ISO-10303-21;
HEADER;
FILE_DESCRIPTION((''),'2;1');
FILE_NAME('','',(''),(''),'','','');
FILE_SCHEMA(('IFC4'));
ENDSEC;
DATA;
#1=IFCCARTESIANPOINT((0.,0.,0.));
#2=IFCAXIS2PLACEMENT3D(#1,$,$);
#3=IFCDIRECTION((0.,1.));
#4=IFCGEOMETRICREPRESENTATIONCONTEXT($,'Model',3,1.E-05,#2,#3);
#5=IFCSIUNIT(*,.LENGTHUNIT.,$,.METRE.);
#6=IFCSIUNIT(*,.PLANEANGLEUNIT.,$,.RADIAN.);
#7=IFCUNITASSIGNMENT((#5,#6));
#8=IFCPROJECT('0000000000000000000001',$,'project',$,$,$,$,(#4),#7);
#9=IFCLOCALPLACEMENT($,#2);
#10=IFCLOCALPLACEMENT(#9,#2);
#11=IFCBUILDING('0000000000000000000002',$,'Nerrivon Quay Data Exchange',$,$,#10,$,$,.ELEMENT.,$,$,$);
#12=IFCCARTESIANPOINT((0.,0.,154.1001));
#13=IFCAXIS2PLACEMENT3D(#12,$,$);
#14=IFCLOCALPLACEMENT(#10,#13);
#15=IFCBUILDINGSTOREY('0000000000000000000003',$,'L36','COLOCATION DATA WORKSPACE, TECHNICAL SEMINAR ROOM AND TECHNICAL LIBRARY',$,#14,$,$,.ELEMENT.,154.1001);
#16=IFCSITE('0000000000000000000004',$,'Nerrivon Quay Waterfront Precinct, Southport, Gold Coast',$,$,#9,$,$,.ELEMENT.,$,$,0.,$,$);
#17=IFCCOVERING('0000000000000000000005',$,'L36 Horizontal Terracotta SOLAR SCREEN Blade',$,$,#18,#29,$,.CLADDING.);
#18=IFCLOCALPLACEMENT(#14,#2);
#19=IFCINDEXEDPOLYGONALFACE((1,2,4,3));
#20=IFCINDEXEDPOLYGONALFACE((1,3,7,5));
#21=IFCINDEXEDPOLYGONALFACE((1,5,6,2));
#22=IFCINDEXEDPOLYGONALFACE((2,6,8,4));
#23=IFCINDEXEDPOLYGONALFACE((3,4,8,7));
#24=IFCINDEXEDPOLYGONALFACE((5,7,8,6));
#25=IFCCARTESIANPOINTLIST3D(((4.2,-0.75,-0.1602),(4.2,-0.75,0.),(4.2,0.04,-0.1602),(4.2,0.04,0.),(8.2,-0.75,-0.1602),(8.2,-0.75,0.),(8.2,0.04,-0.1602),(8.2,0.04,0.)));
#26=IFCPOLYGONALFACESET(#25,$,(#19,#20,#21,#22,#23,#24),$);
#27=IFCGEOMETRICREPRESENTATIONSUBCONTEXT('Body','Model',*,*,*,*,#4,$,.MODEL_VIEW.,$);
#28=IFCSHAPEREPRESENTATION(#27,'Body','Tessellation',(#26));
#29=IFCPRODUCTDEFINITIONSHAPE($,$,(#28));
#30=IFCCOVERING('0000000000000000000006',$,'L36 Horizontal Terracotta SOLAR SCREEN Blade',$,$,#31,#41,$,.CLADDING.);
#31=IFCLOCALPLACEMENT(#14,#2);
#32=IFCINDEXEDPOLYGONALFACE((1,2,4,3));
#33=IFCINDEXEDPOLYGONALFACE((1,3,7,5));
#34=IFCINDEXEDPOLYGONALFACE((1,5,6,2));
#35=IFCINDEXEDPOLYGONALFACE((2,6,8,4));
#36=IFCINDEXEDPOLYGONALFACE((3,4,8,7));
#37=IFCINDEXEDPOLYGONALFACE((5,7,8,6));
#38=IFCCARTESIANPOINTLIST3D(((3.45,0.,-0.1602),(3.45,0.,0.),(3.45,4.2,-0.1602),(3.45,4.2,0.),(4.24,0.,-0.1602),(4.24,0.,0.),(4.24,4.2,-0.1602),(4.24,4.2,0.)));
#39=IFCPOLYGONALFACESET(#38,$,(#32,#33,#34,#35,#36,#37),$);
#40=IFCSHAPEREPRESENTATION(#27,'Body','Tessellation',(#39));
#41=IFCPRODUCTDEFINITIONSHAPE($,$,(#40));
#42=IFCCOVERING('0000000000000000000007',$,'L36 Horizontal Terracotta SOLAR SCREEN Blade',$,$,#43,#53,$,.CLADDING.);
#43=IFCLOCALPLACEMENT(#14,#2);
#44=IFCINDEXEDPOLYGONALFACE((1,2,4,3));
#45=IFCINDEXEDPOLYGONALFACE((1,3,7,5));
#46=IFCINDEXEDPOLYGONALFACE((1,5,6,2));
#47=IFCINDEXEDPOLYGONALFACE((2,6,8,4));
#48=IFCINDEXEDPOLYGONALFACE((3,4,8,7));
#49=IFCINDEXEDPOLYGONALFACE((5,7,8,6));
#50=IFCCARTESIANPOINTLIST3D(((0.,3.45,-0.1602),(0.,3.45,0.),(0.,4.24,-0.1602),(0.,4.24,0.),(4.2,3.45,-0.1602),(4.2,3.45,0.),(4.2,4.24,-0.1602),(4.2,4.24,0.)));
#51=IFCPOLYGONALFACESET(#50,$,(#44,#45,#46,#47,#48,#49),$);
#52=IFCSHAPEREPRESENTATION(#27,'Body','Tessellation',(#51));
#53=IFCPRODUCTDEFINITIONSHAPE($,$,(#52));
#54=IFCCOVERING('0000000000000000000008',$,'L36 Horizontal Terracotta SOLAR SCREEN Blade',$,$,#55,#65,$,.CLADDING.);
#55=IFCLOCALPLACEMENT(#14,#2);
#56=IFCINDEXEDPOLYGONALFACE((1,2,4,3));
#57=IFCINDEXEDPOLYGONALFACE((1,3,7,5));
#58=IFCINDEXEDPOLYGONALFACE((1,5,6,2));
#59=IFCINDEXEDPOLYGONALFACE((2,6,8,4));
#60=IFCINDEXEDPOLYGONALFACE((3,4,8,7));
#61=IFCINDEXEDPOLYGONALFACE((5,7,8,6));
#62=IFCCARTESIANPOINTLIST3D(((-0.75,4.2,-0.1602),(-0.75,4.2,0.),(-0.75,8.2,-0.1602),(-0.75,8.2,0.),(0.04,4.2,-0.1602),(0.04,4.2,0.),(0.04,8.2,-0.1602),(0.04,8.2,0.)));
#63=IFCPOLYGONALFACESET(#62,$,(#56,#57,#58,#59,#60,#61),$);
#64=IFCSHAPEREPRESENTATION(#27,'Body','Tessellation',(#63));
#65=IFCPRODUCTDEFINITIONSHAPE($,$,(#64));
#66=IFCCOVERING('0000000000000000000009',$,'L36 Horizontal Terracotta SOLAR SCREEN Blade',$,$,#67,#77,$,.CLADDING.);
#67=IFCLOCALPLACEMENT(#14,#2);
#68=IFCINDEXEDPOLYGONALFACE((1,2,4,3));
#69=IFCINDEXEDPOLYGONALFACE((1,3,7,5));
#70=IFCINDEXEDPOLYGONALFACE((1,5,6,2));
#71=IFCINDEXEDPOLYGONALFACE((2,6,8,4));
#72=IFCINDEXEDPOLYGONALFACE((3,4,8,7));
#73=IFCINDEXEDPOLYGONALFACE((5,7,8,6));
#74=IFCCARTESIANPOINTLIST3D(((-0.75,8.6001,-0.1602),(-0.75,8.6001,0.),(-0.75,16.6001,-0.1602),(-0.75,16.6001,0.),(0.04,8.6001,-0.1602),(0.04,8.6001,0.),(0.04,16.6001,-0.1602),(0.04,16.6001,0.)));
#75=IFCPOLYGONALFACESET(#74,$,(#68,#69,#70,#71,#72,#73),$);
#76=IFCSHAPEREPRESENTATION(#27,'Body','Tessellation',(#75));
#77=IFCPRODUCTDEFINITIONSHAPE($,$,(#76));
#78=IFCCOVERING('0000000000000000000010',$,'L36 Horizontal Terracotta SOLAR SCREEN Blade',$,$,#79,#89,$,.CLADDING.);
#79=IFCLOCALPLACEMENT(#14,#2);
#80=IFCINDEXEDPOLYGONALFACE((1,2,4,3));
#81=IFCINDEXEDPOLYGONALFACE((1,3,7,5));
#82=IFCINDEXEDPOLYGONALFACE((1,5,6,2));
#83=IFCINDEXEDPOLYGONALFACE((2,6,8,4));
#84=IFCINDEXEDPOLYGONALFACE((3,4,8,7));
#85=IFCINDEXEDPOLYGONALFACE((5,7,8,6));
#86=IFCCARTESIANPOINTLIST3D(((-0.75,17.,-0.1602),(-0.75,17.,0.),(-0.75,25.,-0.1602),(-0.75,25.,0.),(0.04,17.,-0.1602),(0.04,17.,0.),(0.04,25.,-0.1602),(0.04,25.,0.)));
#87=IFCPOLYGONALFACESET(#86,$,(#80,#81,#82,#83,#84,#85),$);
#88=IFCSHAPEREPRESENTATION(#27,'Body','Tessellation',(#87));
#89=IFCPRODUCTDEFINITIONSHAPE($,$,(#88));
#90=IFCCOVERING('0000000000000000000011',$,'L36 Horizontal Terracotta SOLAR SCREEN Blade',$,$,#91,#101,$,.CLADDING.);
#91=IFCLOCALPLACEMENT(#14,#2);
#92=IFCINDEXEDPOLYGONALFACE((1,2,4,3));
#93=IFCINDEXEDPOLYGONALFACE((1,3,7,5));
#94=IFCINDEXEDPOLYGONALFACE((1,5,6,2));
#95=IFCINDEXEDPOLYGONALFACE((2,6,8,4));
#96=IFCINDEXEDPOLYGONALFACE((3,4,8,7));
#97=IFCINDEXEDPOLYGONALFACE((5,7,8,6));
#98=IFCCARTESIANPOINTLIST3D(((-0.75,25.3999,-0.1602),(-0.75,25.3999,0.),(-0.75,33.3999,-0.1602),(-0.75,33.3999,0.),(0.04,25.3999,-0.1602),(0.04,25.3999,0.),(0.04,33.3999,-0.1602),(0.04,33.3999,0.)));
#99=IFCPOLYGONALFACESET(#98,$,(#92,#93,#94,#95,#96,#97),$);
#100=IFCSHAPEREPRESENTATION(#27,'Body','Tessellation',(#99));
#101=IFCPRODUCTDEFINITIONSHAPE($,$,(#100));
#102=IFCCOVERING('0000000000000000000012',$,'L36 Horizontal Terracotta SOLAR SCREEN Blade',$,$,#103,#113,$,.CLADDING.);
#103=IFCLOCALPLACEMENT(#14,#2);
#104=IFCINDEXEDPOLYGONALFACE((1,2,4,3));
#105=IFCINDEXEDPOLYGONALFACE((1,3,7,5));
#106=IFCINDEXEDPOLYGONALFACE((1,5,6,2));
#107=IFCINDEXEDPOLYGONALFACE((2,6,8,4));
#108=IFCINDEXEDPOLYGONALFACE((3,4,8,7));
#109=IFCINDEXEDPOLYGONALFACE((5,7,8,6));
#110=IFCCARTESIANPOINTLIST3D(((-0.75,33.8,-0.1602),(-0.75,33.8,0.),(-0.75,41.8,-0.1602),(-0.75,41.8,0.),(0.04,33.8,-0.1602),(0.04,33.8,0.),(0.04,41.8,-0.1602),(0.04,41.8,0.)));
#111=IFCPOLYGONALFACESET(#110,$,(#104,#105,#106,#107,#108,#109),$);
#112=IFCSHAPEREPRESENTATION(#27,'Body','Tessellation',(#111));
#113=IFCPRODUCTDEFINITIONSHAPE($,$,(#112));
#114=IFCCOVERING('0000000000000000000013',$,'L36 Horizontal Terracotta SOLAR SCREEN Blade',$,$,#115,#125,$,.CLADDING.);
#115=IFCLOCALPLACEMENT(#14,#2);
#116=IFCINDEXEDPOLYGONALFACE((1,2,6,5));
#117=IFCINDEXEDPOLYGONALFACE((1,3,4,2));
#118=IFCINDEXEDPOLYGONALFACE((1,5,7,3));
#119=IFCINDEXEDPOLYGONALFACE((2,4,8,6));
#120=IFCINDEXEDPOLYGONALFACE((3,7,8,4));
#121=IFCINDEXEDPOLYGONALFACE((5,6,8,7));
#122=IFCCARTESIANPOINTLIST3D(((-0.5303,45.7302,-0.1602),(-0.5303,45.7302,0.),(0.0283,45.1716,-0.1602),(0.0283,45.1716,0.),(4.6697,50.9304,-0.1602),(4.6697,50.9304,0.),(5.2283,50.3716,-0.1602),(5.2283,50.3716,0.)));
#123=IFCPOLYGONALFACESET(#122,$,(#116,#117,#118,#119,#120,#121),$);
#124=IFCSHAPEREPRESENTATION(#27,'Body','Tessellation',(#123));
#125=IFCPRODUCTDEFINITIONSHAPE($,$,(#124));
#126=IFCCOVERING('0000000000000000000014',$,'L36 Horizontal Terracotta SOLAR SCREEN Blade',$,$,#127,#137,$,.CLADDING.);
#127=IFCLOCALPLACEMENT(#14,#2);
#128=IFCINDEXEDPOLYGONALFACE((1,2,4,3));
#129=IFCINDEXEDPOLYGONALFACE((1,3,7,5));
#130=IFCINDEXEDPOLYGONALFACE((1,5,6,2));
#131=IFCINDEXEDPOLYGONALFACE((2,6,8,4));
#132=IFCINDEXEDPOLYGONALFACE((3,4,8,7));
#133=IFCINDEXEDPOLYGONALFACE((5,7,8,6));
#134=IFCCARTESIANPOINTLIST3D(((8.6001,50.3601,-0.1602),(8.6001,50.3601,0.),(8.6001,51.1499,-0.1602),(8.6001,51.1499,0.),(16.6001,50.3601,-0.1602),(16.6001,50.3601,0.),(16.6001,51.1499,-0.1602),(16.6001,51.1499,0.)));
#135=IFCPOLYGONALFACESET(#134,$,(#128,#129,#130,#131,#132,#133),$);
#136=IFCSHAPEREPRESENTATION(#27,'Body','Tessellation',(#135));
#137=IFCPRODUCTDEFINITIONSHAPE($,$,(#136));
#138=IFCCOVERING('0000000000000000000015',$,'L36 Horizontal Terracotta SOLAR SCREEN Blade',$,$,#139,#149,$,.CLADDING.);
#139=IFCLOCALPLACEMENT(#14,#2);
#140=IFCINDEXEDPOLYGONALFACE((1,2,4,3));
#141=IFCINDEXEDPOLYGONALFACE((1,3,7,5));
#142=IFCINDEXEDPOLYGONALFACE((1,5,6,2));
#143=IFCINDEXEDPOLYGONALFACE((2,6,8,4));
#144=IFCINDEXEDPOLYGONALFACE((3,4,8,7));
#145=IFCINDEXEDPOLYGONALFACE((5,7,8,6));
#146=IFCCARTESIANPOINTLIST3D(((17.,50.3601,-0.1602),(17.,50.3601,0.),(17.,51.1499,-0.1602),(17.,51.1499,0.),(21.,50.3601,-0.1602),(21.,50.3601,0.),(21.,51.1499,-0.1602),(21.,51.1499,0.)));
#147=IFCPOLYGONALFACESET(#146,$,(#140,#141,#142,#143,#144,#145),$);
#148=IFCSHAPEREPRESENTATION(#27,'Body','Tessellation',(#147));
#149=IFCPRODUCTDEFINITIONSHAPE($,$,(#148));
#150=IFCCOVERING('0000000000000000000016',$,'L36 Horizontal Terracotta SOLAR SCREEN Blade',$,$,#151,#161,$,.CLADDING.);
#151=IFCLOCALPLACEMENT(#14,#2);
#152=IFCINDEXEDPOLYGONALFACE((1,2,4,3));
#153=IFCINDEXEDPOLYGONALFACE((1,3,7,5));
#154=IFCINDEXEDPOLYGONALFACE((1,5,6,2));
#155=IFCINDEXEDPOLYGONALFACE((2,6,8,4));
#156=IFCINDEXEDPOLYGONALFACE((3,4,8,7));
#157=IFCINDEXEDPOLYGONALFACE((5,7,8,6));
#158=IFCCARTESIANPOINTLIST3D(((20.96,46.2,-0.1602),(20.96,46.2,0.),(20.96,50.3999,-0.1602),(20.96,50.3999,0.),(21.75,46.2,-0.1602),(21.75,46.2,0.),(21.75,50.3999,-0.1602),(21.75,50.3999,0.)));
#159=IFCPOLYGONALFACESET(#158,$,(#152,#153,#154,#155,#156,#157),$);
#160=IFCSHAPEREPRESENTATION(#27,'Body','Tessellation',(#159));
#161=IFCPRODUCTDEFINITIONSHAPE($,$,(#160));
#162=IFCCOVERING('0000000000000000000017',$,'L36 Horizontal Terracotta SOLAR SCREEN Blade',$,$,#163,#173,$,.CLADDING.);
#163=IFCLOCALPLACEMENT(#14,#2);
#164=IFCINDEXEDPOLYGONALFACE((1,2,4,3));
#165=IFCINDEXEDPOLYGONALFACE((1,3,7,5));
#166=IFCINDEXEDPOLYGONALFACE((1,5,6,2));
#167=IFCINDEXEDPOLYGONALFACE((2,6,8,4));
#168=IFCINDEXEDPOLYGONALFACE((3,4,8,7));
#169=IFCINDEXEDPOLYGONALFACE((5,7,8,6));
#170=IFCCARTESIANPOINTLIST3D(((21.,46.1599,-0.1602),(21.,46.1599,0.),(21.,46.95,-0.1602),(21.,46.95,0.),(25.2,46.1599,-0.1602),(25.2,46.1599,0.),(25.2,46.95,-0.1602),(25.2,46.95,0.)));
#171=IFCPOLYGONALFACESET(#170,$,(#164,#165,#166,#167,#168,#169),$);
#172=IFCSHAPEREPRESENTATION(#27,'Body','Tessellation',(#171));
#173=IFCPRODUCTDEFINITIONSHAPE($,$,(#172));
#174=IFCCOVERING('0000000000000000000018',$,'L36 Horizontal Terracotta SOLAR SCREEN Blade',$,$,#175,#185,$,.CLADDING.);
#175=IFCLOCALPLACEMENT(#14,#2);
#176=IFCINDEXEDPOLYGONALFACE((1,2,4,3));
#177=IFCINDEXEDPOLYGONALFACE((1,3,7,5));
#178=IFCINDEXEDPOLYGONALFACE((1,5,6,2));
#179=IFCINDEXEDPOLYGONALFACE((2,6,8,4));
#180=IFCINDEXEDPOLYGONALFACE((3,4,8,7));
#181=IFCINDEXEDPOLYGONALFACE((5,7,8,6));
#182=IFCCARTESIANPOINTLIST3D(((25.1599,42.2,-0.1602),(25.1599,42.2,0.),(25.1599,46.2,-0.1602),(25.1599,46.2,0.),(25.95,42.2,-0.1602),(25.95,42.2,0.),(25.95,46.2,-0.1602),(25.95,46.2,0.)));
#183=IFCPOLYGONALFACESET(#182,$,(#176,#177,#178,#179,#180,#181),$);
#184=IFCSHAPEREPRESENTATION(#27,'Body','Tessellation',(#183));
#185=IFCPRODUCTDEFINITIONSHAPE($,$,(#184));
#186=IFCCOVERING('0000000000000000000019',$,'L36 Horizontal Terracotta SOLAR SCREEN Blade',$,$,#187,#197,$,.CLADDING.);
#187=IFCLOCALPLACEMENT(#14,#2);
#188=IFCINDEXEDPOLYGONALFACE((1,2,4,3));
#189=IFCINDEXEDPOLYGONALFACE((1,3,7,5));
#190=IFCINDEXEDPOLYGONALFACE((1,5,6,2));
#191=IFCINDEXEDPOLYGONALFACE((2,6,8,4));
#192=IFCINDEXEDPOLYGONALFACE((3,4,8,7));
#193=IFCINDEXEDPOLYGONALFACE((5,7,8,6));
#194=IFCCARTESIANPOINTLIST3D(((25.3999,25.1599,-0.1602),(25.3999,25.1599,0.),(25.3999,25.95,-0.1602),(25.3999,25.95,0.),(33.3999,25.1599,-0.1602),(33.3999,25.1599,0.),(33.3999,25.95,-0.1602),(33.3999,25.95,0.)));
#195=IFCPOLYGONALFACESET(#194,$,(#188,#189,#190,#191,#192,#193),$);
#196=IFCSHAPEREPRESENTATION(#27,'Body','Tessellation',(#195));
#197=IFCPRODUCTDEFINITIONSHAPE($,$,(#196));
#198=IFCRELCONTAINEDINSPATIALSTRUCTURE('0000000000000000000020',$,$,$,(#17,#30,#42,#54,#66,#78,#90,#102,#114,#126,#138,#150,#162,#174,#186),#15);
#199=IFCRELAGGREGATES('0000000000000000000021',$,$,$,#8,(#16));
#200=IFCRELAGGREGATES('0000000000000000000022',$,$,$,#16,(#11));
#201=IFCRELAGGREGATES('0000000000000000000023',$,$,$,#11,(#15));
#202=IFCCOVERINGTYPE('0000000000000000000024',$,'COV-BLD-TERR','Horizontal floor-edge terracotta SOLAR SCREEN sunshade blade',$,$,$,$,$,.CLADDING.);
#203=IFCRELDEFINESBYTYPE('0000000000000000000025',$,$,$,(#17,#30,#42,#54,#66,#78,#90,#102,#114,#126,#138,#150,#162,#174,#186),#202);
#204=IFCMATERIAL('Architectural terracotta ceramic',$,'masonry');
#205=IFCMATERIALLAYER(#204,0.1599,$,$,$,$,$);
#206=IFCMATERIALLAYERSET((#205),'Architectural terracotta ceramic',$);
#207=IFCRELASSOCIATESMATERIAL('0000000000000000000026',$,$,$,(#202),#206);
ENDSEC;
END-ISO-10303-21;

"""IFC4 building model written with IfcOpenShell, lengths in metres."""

from ifc_helpers import new_model, si_unit, direction, frame, origin, place, context, subcontext, project, spatial, polyline, outline, extrude, material, layer, layer_set, type_object, element, save


model = new_model("IFC4")

# Units and contexts
model_context = context("Model", 3, precision=1e-05, world=origin(), true_north=direction((0.0, 1.0)))
body_context = subcontext(model_context, "Body", "Model", "MODEL_VIEW")
ifc_project = project(units=[si_unit("LENGTHUNIT", "METRE"), si_unit("PLANEANGLEUNIT", "RADIAN")], contexts=[model_context])

# Site, building, storey
site_placement = place(None, origin())
site = spatial("IfcSite", under=ifc_project, at=site_placement, Name="Nerrivon Quay Waterfront Precinct, Southport, Gold Coast", CompositionType="ELEMENT", RefElevation=0.0)
building_placement = place(site_placement, origin())
building = spatial("IfcBuilding", under=site, at=building_placement, Name="Nerrivon Quay Data Exchange", CompositionType="ELEMENT")
storey_placement = place(building_placement, frame((0.0, 0.0, 154.1001)))
storey = spatial("IfcBuildingStorey", under=building, at=storey_placement, Name="L36", Description="COLOCATION DATA WORKSPACE, TECHNICAL SEMINAR ROOM AND TECHNICAL LIBRARY", CompositionType="ELEMENT", Elevation=154.1001)

# Coverings
ifc_material_1 = material(Name="Architectural terracotta ceramic", Category="masonry")
ifc_layer_1 = layer(ifc_material_1, 0.1599)
ifc_layer_set_1 = layer_set([ifc_layer_1], Name="Architectural terracotta ceramic")
covering_type = type_object("IfcCoveringType", Name="COV-BLD-TERR", Description="Horizontal floor-edge terracotta SOLAR SCREEN sunshade blade", PredefinedType="CLADDING", material=ifc_layer_set_1)
covering_1_placement = place(storey_placement, frame((0.0, 0.0, -0.1602)))
element("IfcCovering", 1, at=covering_1_placement, inside=storey, type_object=covering_type, Name="L36 Horizontal Terracotta SOLAR SCREEN Blade", PredefinedType="CLADDING", context=body_context, shape_type="SweptSolid", body=[
    extrude(outline(polyline([(8.2, 0.04), (4.2, 0.04), (4.2, -0.75), (8.2, -0.75), (8.2, 0.04)])), origin(), (0.0, 0.0, 1.0), 0.1602),
])
covering_2_placement = place(storey_placement, frame((0.0, 0.0, -0.1602)))
element("IfcCovering", 2, at=covering_2_placement, inside=storey, type_object=covering_type, Name="L36 Horizontal Terracotta SOLAR SCREEN Blade", PredefinedType="CLADDING", context=body_context, shape_type="SweptSolid", body=[
    extrude(outline(polyline([(4.24, 0.0), (4.24, 4.2), (3.45, 4.2), (3.45, 0.0), (4.24, 0.0)])), origin(), (0.0, 0.0, 1.0), 0.1602),
])
covering_3_placement = place(storey_placement, frame((0.0, 0.0, -0.1602)))
element("IfcCovering", 3, at=covering_3_placement, inside=storey, type_object=covering_type, Name="L36 Horizontal Terracotta SOLAR SCREEN Blade", PredefinedType="CLADDING", context=body_context, shape_type="SweptSolid", body=[
    extrude(outline(polyline([(4.2, 4.24), (0.0, 4.24), (0.0, 3.45), (4.2, 3.45), (4.2, 4.24)])), origin(), (0.0, 0.0, 1.0), 0.1602),
])
covering_4_placement = place(storey_placement, frame((0.0, 0.0, -0.1602)))
element("IfcCovering", 4, at=covering_4_placement, inside=storey, type_object=covering_type, Name="L36 Horizontal Terracotta SOLAR SCREEN Blade", PredefinedType="CLADDING", context=body_context, shape_type="SweptSolid", body=[
    extrude(outline(polyline([(0.04, 4.2), (0.04, 8.2), (-0.75, 8.2), (-0.75, 4.2), (0.04, 4.2)])), origin(), (0.0, 0.0, 1.0), 0.1602),
])
covering_5_placement = place(storey_placement, frame((0.0, 0.0, -0.1602)))
element("IfcCovering", 5, at=covering_5_placement, inside=storey, type_object=covering_type, Name="L36 Horizontal Terracotta SOLAR SCREEN Blade", PredefinedType="CLADDING", context=body_context, shape_type="SweptSolid", body=[
    extrude(outline(polyline([(0.04, 8.6001), (0.04, 16.6001), (-0.75, 16.6001), (-0.75, 8.6001), (0.04, 8.6001)])), origin(), (0.0, 0.0, 1.0), 0.1602),
])
covering_6_placement = place(storey_placement, frame((0.0, 0.0, -0.1602)))
element("IfcCovering", 6, at=covering_6_placement, inside=storey, type_object=covering_type, Name="L36 Horizontal Terracotta SOLAR SCREEN Blade", PredefinedType="CLADDING", context=body_context, shape_type="SweptSolid", body=[
    extrude(outline(polyline([(0.04, 17.0), (0.04, 25.0), (-0.75, 25.0), (-0.75, 17.0), (0.04, 17.0)])), origin(), (0.0, 0.0, 1.0), 0.1602),
])
covering_7_placement = place(storey_placement, frame((0.0, 0.0, -0.1602)))
element("IfcCovering", 7, at=covering_7_placement, inside=storey, type_object=covering_type, Name="L36 Horizontal Terracotta SOLAR SCREEN Blade", PredefinedType="CLADDING", context=body_context, shape_type="SweptSolid", body=[
    extrude(outline(polyline([(0.04, 25.3999), (0.04, 33.3999), (-0.75, 33.3999), (-0.75, 25.3999), (0.04, 25.3999)])), origin(), (0.0, 0.0, 1.0), 0.1602),
])
covering_8_placement = place(storey_placement, frame((0.0, 0.0, -0.1602)))
element("IfcCovering", 8, at=covering_8_placement, inside=storey, type_object=covering_type, Name="L36 Horizontal Terracotta SOLAR SCREEN Blade", PredefinedType="CLADDING", context=body_context, shape_type="SweptSolid", body=[
    extrude(outline(polyline([(0.04, 33.8), (0.04, 41.8), (-0.75, 41.8), (-0.75, 33.8), (0.04, 33.8)])), origin(), (0.0, 0.0, 1.0), 0.1602),
])
covering_9_placement = place(storey_placement, frame((0.0, 0.0, -0.1602)))
element("IfcCovering", 9, at=covering_9_placement, inside=storey, type_object=covering_type, Name="L36 Horizontal Terracotta SOLAR SCREEN Blade", PredefinedType="CLADDING", context=body_context, shape_type="SweptSolid", body=[
    extrude(outline(polyline([(0.0283, 45.1716), (5.2283, 50.3716), (4.6697, 50.9304), (-0.5303, 45.7302), (0.0283, 45.1716)])), origin(), (0.0, 0.0, 1.0), 0.1602),
])
covering_10_placement = place(storey_placement, frame((0.0, 0.0, -0.1602)))
element("IfcCovering", 10, at=covering_10_placement, inside=storey, type_object=covering_type, Name="L36 Horizontal Terracotta SOLAR SCREEN Blade", PredefinedType="CLADDING", context=body_context, shape_type="SweptSolid", body=[
    extrude(outline(polyline([(8.6001, 50.3601), (16.6001, 50.3601), (16.6001, 51.1499), (8.6001, 51.1499), (8.6001, 50.3601)])), origin(), (0.0, 0.0, 1.0), 0.1602),
])
covering_11_placement = place(storey_placement, frame((0.0, 0.0, -0.1602)))
element("IfcCovering", 11, at=covering_11_placement, inside=storey, type_object=covering_type, Name="L36 Horizontal Terracotta SOLAR SCREEN Blade", PredefinedType="CLADDING", context=body_context, shape_type="SweptSolid", body=[
    extrude(outline(polyline([(17.0, 50.3601), (21.0, 50.3601), (21.0, 51.1499), (17.0, 51.1499), (17.0, 50.3601)])), origin(), (0.0, 0.0, 1.0), 0.1602),
])
covering_12_placement = place(storey_placement, frame((0.0, 0.0, -0.1602)))
element("IfcCovering", 12, at=covering_12_placement, inside=storey, type_object=covering_type, Name="L36 Horizontal Terracotta SOLAR SCREEN Blade", PredefinedType="CLADDING", context=body_context, shape_type="SweptSolid", body=[
    extrude(outline(polyline([(20.96, 50.3999), (20.96, 46.2), (21.75, 46.2), (21.75, 50.3999), (20.96, 50.3999)])), origin(), (0.0, 0.0, 1.0), 0.1602),
])
covering_13_placement = place(storey_placement, frame((0.0, 0.0, -0.1602)))
element("IfcCovering", 13, at=covering_13_placement, inside=storey, type_object=covering_type, Name="L36 Horizontal Terracotta SOLAR SCREEN Blade", PredefinedType="CLADDING", context=body_context, shape_type="SweptSolid", body=[
    extrude(outline(polyline([(21.0, 46.1599), (25.2, 46.1599), (25.2, 46.95), (21.0, 46.95), (21.0, 46.1599)])), origin(), (0.0, 0.0, 1.0), 0.1602),
])
covering_14_placement = place(storey_placement, frame((0.0, 0.0, -0.1602)))
element("IfcCovering", 14, at=covering_14_placement, inside=storey, type_object=covering_type, Name="L36 Horizontal Terracotta SOLAR SCREEN Blade", PredefinedType="CLADDING", context=body_context, shape_type="SweptSolid", body=[
    extrude(outline(polyline([(25.1599, 46.2), (25.1599, 42.2), (25.95, 42.2), (25.95, 46.2), (25.1599, 46.2)])), origin(), (0.0, 0.0, 1.0), 0.1602),
])
covering_15_placement = place(storey_placement, frame((0.0, 0.0, -0.1602)))
element("IfcCovering", 15, at=covering_15_placement, inside=storey, type_object=covering_type, Name="L36 Horizontal Terracotta SOLAR SCREEN Blade", PredefinedType="CLADDING", context=body_context, shape_type="SweptSolid", body=[
    extrude(outline(polyline([(25.3999, 25.1599), (33.3999, 25.1599), (33.3999, 25.95), (25.3999, 25.95), (25.3999, 25.1599)])), origin(), (0.0, 0.0, 1.0), 0.1602),
])

save(model, "model.ifc")
